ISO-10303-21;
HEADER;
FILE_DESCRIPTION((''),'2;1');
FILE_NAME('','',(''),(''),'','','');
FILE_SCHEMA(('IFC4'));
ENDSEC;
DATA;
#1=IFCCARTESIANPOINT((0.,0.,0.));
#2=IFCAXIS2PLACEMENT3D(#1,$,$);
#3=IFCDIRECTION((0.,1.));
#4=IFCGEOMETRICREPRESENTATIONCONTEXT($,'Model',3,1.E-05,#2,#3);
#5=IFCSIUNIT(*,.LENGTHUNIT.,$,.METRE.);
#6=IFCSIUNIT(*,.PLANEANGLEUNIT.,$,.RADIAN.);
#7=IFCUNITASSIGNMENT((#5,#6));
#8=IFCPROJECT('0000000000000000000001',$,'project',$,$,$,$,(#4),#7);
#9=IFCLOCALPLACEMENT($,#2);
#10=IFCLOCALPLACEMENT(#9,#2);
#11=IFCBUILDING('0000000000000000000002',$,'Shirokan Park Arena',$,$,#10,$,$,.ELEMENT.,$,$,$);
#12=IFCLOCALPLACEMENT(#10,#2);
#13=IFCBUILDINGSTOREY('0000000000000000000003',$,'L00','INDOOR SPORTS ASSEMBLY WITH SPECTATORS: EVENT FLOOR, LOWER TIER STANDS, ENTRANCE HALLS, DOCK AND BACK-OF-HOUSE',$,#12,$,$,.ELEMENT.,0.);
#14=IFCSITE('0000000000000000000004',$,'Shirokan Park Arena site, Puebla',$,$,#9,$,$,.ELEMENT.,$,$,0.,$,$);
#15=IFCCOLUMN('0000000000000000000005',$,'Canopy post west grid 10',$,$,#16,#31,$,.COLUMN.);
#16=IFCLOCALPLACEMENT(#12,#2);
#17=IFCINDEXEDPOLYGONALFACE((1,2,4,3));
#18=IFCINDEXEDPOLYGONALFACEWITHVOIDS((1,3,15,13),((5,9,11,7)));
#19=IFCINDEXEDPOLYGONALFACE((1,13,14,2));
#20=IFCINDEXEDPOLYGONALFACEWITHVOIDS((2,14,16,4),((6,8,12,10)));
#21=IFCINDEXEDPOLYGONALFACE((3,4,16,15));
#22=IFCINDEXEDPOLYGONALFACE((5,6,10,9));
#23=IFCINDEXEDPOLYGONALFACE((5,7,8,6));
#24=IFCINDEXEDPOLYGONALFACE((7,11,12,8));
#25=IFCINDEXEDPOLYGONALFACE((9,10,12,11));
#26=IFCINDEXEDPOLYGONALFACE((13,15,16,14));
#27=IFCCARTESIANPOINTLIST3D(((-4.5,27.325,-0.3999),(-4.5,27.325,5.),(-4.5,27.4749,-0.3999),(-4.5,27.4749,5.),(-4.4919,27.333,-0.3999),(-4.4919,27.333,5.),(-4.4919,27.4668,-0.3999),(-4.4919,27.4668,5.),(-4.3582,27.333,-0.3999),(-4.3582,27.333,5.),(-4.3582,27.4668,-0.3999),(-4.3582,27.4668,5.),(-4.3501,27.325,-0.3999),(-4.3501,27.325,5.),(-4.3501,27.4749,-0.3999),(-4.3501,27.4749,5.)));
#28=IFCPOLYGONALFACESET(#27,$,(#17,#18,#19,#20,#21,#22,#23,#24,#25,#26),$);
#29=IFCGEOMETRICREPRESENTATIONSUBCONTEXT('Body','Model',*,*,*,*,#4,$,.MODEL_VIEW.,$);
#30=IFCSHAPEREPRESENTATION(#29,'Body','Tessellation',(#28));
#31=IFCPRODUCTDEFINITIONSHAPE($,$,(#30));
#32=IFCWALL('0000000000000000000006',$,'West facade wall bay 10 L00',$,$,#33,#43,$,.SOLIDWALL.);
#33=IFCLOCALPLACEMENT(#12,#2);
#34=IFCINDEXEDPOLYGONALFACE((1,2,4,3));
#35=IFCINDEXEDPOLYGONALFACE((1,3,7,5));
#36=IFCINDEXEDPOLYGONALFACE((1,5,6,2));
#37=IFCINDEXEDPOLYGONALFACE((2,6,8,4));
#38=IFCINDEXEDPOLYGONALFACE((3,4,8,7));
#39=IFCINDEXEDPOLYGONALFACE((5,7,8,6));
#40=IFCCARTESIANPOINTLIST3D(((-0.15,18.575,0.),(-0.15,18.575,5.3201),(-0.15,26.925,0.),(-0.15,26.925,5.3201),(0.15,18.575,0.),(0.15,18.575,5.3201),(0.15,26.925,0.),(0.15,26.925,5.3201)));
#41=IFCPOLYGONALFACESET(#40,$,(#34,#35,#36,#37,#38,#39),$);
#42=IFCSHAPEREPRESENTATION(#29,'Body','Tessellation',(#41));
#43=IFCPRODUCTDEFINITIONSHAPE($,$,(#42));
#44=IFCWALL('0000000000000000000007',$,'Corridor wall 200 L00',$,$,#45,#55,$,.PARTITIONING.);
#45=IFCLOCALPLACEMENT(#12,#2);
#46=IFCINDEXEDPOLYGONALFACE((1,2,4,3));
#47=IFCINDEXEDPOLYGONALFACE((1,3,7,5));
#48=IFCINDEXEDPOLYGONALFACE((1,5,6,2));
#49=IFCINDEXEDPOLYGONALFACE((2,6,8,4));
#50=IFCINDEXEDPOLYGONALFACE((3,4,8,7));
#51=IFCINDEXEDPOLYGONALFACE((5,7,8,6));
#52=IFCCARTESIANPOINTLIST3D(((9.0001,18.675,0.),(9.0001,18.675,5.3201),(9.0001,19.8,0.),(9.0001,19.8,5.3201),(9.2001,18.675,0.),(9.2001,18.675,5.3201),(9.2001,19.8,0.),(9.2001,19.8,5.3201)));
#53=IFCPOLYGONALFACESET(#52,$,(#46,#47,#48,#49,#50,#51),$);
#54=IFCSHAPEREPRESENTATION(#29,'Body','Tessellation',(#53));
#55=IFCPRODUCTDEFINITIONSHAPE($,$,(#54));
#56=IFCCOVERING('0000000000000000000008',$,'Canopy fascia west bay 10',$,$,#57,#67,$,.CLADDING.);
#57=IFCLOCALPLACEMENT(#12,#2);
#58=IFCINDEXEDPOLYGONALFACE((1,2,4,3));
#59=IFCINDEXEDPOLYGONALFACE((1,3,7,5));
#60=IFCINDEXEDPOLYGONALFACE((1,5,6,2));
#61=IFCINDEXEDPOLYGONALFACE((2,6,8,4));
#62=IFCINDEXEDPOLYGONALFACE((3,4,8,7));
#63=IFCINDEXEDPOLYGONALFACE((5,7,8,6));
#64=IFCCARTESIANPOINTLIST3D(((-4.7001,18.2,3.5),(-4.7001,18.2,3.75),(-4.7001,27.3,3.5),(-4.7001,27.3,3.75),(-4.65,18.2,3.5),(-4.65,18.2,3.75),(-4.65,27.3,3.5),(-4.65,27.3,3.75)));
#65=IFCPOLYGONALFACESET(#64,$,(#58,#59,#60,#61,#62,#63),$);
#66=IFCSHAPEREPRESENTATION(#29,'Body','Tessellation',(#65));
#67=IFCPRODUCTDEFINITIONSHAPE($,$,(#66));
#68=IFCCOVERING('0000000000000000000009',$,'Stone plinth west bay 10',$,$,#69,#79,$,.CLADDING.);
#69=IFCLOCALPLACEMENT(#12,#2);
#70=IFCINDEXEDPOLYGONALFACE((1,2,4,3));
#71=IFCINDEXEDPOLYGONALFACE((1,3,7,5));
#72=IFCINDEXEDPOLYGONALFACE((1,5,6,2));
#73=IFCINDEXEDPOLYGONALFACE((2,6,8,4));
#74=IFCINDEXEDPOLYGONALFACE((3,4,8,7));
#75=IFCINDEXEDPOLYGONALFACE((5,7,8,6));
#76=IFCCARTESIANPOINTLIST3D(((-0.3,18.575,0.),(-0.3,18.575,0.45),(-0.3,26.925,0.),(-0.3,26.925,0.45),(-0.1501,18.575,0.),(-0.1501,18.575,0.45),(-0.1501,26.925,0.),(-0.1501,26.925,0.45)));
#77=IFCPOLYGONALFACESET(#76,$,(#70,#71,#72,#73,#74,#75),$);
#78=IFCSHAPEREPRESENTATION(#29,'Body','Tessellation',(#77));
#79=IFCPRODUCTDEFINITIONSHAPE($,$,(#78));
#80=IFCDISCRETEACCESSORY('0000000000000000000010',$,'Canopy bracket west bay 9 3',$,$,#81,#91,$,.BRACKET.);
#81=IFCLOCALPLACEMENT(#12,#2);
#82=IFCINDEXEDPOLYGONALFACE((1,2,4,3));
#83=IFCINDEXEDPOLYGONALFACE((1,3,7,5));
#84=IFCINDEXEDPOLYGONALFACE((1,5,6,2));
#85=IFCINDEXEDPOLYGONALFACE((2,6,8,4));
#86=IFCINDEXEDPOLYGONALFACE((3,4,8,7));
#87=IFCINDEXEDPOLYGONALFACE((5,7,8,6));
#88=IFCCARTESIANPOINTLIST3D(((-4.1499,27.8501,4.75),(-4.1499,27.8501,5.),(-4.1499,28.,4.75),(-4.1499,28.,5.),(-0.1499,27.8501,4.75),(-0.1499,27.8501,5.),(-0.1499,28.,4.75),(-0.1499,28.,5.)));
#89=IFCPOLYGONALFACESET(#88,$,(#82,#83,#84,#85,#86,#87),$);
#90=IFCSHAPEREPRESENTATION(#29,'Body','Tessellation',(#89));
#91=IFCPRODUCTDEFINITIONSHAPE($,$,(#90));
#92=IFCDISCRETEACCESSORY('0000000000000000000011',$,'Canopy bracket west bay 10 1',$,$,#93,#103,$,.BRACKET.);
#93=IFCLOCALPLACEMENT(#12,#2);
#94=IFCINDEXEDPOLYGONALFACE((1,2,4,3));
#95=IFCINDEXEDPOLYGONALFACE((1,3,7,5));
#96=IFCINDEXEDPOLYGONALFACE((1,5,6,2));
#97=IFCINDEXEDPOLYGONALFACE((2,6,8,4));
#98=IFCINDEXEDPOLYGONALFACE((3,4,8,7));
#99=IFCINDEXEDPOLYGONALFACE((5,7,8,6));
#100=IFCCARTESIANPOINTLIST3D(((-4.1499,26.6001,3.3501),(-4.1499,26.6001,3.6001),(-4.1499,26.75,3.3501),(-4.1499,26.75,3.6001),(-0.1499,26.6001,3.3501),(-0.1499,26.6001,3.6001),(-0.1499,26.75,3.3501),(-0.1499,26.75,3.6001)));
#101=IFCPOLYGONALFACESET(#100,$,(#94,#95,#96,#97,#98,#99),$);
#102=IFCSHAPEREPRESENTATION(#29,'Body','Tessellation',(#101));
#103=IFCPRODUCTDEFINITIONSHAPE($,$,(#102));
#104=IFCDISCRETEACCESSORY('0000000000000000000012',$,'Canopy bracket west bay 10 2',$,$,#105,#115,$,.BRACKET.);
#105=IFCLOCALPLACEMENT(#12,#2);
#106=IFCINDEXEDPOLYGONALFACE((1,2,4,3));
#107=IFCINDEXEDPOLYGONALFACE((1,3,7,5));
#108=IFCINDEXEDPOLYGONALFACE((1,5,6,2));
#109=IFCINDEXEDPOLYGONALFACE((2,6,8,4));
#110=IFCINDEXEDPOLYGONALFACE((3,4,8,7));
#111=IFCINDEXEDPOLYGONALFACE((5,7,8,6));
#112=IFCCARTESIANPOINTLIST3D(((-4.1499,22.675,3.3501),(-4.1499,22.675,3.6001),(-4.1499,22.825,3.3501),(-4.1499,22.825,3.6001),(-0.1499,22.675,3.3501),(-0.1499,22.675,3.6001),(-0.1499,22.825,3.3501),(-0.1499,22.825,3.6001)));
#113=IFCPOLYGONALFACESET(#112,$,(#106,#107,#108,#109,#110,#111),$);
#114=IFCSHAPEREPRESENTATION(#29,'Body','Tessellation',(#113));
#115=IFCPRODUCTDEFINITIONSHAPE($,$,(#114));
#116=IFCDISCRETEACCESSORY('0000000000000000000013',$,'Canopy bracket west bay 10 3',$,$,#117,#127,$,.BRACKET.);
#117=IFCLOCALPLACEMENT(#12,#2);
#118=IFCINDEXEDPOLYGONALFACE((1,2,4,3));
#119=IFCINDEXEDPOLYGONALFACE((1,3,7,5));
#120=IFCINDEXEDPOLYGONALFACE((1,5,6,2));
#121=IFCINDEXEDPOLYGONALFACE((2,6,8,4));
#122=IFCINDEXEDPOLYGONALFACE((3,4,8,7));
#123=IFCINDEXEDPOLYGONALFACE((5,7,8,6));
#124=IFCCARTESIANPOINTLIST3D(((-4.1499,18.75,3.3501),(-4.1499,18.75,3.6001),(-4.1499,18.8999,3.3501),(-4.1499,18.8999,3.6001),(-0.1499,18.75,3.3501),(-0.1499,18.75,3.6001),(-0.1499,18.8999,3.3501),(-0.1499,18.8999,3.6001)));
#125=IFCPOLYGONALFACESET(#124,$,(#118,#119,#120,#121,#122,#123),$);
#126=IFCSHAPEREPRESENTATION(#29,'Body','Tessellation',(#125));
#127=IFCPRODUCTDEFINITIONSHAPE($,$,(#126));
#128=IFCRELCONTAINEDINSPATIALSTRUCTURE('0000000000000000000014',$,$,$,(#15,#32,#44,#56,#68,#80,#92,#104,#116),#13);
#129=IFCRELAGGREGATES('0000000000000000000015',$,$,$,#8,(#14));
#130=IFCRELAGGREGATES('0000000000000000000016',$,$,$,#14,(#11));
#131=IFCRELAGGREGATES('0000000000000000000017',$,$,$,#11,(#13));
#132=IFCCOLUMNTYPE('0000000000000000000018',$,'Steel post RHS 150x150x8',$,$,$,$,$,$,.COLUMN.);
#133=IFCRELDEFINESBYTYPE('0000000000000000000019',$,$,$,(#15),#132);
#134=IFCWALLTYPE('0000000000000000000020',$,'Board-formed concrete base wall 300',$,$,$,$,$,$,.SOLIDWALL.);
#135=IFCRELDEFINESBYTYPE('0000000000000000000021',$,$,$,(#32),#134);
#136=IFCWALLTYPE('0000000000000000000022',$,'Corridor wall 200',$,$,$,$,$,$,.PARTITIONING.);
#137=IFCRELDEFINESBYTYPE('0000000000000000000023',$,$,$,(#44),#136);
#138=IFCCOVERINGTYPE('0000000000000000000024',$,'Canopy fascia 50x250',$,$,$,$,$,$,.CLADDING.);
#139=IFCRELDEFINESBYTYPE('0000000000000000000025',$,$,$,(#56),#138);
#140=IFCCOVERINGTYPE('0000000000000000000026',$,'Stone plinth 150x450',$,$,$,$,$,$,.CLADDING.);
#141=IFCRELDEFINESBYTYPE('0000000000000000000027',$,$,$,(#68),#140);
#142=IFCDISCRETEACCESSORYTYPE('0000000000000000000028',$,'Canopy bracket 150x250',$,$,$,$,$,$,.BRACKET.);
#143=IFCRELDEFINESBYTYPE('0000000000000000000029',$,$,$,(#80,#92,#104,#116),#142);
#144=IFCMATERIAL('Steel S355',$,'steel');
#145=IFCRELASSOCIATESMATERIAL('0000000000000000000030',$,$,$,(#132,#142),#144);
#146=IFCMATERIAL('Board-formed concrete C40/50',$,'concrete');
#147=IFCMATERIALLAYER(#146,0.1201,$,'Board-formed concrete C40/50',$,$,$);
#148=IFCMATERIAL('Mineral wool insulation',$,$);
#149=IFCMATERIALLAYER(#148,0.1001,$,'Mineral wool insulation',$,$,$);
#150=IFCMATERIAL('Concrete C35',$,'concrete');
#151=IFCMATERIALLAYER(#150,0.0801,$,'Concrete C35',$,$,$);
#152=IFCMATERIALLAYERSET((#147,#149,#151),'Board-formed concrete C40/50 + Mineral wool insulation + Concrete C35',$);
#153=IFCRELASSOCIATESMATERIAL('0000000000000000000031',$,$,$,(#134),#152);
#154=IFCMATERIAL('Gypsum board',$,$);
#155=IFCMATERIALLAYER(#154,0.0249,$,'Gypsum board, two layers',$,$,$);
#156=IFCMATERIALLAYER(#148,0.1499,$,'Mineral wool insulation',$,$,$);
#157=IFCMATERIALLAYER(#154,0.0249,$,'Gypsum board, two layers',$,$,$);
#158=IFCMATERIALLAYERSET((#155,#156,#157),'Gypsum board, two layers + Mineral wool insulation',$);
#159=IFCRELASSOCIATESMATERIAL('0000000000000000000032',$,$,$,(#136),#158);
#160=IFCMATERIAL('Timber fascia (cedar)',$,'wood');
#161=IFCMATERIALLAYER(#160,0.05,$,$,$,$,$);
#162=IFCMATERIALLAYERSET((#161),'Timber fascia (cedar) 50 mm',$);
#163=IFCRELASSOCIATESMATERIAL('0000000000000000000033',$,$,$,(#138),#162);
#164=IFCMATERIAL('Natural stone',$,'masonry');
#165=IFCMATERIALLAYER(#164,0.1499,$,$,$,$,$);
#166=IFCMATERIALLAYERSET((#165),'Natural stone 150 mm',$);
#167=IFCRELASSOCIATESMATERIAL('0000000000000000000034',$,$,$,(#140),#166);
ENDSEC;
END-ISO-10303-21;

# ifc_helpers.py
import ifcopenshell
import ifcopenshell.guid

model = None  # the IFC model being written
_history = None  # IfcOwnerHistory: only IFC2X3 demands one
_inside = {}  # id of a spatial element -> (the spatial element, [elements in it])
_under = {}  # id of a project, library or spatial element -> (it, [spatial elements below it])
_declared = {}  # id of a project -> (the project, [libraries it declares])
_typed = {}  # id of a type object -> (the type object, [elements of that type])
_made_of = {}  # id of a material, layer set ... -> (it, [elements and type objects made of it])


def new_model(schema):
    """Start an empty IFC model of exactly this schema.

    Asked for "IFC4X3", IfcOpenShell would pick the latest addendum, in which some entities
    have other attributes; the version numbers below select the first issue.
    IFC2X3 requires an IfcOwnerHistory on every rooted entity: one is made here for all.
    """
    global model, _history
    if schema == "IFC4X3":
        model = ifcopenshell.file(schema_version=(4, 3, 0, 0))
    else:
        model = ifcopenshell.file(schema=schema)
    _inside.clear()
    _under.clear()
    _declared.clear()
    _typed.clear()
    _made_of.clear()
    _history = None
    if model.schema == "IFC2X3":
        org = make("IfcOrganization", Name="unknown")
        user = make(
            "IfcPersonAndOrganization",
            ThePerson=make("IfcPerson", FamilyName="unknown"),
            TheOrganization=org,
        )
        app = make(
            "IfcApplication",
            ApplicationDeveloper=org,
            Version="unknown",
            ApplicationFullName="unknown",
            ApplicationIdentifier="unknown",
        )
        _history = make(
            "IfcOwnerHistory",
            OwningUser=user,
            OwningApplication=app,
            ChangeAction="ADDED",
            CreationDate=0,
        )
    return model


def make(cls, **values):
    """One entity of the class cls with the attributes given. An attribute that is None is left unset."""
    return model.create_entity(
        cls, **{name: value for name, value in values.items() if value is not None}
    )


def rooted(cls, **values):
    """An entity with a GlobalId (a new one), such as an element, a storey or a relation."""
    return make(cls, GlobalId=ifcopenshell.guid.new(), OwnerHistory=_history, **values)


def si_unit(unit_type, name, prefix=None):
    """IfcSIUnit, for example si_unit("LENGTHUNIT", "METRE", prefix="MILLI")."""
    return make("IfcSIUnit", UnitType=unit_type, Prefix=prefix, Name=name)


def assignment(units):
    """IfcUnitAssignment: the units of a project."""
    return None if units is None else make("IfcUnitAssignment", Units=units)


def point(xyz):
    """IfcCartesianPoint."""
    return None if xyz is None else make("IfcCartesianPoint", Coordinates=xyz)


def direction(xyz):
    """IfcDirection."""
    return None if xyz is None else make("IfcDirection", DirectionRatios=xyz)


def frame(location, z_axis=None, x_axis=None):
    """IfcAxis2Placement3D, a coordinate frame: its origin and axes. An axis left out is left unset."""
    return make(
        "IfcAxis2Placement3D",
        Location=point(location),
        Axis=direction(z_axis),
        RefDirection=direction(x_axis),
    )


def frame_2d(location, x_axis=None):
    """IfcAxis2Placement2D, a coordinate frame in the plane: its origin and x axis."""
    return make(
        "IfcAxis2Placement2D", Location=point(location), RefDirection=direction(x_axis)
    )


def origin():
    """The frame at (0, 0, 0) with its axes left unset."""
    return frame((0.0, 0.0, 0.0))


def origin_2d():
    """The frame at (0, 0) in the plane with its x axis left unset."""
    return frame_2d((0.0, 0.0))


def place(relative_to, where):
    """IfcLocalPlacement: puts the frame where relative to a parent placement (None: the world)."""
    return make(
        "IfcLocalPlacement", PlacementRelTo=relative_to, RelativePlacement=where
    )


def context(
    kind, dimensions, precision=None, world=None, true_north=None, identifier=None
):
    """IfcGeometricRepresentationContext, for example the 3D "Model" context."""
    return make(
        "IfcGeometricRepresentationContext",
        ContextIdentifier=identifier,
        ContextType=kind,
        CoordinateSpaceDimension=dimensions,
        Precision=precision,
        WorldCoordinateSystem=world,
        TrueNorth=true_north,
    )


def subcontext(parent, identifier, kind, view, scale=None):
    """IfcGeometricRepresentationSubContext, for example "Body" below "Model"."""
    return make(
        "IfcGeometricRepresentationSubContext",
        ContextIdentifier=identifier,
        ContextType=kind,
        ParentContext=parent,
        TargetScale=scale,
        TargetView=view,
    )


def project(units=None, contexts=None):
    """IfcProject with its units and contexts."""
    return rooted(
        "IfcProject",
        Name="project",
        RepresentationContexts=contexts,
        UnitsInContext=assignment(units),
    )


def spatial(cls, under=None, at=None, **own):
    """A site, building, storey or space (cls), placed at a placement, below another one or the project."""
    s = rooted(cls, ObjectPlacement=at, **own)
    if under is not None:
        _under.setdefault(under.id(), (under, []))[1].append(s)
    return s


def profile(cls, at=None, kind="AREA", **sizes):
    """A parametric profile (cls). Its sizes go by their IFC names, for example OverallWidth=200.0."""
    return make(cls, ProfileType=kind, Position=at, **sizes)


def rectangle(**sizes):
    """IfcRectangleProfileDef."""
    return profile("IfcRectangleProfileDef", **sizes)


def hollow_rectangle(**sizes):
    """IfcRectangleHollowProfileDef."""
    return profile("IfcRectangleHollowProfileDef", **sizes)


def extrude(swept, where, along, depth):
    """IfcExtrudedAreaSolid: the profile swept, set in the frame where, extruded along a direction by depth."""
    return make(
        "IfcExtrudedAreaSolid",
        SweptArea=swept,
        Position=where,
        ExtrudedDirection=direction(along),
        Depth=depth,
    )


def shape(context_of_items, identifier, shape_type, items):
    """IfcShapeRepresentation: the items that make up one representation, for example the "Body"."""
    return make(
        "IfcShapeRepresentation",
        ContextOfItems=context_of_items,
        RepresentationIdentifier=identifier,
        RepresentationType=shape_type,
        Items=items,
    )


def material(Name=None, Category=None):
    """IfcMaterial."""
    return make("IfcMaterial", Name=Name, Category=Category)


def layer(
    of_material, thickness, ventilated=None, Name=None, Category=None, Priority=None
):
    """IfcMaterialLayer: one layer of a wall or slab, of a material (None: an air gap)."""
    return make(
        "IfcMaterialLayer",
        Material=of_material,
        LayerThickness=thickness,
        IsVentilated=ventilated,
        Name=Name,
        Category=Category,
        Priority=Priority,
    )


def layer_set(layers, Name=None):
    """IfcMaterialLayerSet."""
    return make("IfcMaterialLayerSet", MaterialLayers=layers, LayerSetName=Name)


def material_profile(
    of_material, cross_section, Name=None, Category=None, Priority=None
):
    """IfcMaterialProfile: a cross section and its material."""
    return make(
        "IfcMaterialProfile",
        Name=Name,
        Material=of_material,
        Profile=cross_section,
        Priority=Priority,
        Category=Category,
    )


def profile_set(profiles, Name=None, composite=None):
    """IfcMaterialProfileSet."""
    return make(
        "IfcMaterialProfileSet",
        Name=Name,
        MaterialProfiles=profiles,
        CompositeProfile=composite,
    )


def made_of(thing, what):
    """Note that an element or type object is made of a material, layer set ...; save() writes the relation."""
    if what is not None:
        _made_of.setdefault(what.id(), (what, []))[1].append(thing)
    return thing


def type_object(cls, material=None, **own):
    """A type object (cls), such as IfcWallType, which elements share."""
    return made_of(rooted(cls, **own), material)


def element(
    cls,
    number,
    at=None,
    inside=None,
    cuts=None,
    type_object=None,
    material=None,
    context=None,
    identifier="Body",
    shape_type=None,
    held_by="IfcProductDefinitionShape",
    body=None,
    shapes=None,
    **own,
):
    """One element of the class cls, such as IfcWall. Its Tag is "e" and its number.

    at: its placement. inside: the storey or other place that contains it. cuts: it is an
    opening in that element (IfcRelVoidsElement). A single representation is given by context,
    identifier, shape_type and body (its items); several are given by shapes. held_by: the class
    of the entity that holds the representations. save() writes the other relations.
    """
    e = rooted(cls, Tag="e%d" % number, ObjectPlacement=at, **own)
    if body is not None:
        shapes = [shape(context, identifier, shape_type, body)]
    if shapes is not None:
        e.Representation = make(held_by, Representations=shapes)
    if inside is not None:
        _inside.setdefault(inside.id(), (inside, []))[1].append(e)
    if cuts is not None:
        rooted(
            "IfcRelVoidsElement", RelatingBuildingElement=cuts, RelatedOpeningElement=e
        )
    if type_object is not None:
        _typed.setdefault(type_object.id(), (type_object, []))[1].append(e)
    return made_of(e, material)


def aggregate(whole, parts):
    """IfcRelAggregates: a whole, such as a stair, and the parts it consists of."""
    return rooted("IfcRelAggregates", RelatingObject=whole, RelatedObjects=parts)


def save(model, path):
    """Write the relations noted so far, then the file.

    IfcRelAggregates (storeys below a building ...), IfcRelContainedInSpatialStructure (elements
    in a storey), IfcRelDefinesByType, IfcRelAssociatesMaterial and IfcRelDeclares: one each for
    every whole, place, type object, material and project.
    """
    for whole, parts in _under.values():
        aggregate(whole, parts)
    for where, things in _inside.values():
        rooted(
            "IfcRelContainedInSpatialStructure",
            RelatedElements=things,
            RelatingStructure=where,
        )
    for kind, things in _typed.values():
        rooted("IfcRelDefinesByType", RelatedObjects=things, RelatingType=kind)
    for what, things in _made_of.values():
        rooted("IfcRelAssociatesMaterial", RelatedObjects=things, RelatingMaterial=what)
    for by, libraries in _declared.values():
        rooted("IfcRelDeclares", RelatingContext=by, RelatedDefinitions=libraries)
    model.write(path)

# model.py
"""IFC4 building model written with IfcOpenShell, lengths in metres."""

from ifc_helpers import new_model, si_unit, direction, frame, frame_2d, origin, origin_2d, place, context, subcontext, project, spatial, rectangle, hollow_rectangle, extrude, material, layer, layer_set, material_profile, profile_set, type_object, element, save


model = new_model("IFC4")

# Units and contexts
model_context = context("Model", 3, precision=1e-05, world=origin(), true_north=direction((0.0, 1.0)))
body_context = subcontext(model_context, "Body", "Model", "MODEL_VIEW")
ifc_project = project(units=[si_unit("LENGTHUNIT", "METRE"), si_unit("PLANEANGLEUNIT", "RADIAN")], contexts=[model_context])

# Site, building, storey
site_placement = place(None, origin())
site = spatial("IfcSite", under=ifc_project, at=site_placement, Name="Shirokan Park Arena site, Puebla", CompositionType="ELEMENT", RefElevation=0.0)
building_placement = place(site_placement, origin())
building = spatial("IfcBuilding", under=site, at=building_placement, Name="Shirokan Park Arena", CompositionType="ELEMENT")
storey_placement = place(building_placement, origin())
storey = spatial("IfcBuildingStorey", under=building, at=storey_placement, Name="L00", Description="INDOOR SPORTS ASSEMBLY WITH SPECTATORS: EVENT FLOOR, LOWER TIER STANDS, ENTRANCE HALLS, DOCK AND BACK-OF-HOUSE", CompositionType="ELEMENT", Elevation=0.0)

# Column
ifc_material_1 = material(Name="Concrete C35", Category="concrete")
ifc_material_2 = material(Name="Steel S355", Category="steel")
ifc_material_profile_1 = material_profile(ifc_material_2, hollow_rectangle(XDim=0.1499, YDim=0.1499, WallThickness=0.0081, at=origin_2d()), Name="RHS 150x150x8")
ifc_profile_set_1 = profile_set([ifc_material_profile_1], Name="Steel S355")
column_type_1 = type_object("IfcColumnType", Name="Steel post RHS 150x150x8", PredefinedType="COLUMN", material=ifc_profile_set_1)
column_1_placement = place(storey_placement, frame((-4.425, 27.3999, -0.3999), z_axis=(0.0, 0.0, 1.0), x_axis=(1.0, 0.0, 0.0)))
element("IfcColumn", 1, at=column_1_placement, inside=storey, type_object=column_type_1, Name="Canopy post west grid 10", PredefinedType="COLUMN", context=body_context, shape_type="SweptSolid", body=[
    extrude(hollow_rectangle(XDim=0.1499, YDim=0.1499, WallThickness=0.0081, at=origin_2d()), origin(), (0.0, 0.0, 1.0), 5.3999),
])

# Walls
ifc_material_3 = material(Name="Board-formed concrete C40/50", Category="concrete")
ifc_layer_1 = layer(ifc_material_3, 0.1201, Name="Board-formed concrete C40/50")
ifc_material_4 = material(Name="Mineral wool insulation")
ifc_layer_2 = layer(ifc_material_4, 0.1001, Name="Mineral wool insulation")
ifc_layer_3 = layer(ifc_material_1, 0.0801, Name="Concrete C35")
ifc_layer_set_1 = layer_set([ifc_layer_1, ifc_layer_2, ifc_layer_3], Name="Board-formed concrete C40/50 + Mineral wool insulation + Concrete C35")
wall_type_1 = type_object("IfcWallType", Name="Board-formed concrete base wall 300", PredefinedType="SOLIDWALL", material=ifc_layer_set_1)
wall_1_placement = place(storey_placement, frame((0.0, 26.925, 0.0), z_axis=(0.0, 0.0, 1.0), x_axis=(0.0, -1.0, 0.0)))
element("IfcWall", 2, at=wall_1_placement, inside=storey, type_object=wall_type_1, Name="West facade wall bay 10 L00", PredefinedType="SOLIDWALL", context=body_context, shape_type="SweptSolid", body=[
    extrude(rectangle(XDim=8.3501, YDim=0.3, at=frame_2d((4.175, 0.0))), origin(), (0.0, 0.0, 1.0), 5.3201),
])
ifc_material_5 = material(Name="Gypsum board")
ifc_layer_4 = layer(ifc_material_5, 0.0249, Name="Gypsum board, two layers")
ifc_layer_5 = layer(ifc_material_4, 0.1499, Name="Mineral wool insulation")
ifc_layer_6 = layer(ifc_material_5, 0.0249, Name="Gypsum board, two layers")
ifc_layer_set_2 = layer_set([ifc_layer_4, ifc_layer_5, ifc_layer_6], Name="Gypsum board, two layers + Mineral wool insulation")
wall_type_2 = type_object("IfcWallType", Name="Corridor wall 200", PredefinedType="PARTITIONING", material=ifc_layer_set_2)
wall_2_placement = place(storey_placement, frame((9.1001, 19.8, 0.0), z_axis=(0.0, 0.0, 1.0), x_axis=(0.0, -1.0, 0.0)))
element("IfcWall", 3, at=wall_2_placement, inside=storey, type_object=wall_type_2, Name="Corridor wall 200 L00", PredefinedType="PARTITIONING", context=body_context, shape_type="SweptSolid", body=[
    extrude(rectangle(XDim=1.125, YDim=0.2, at=frame_2d((0.5625, 0.0))), origin(), (0.0, 0.0, 1.0), 5.3201),
])

# Coverings
ifc_material_6 = material(Name="Timber fascia (cedar)", Category="wood")
ifc_layer_7 = layer(ifc_material_6, 0.05)
ifc_layer_set_3 = layer_set([ifc_layer_7], Name="Timber fascia (cedar) 50 mm")
covering_type_1 = type_object("IfcCoveringType", Name="Canopy fascia 50x250", PredefinedType="CLADDING", material=ifc_layer_set_3)
covering_1_placement = place(storey_placement, frame((-4.675, 22.75, 3.5), z_axis=(0.0, 0.0, 1.0), x_axis=(0.0, -1.0, 0.0)))
element("IfcCovering", 4, at=covering_1_placement, inside=storey, type_object=covering_type_1, Name="Canopy fascia west bay 10", PredefinedType="CLADDING", context=body_context, shape_type="SweptSolid", body=[
    extrude(rectangle(XDim=9.1001, YDim=0.05, at=origin_2d()), origin(), (0.0, 0.0, 1.0), 0.25),
])
ifc_material_7 = material(Name="Natural stone", Category="masonry")
ifc_layer_8 = layer(ifc_material_7, 0.1499)
ifc_layer_set_4 = layer_set([ifc_layer_8], Name="Natural stone 150 mm")
covering_type_2 = type_object("IfcCoveringType", Name="Stone plinth 150x450", PredefinedType="CLADDING", material=ifc_layer_set_4)
covering_2_placement = place(storey_placement, frame((-0.2251, 22.75, 0.0), z_axis=(0.0, 0.0, 1.0), x_axis=(0.0, -1.0, 0.0)))
element("IfcCovering", 5, at=covering_2_placement, inside=storey, type_object=covering_type_2, Name="Stone plinth west bay 10", PredefinedType="CLADDING", context=body_context, shape_type="SweptSolid", body=[
    extrude(rectangle(XDim=8.3501, YDim=0.1499, at=origin_2d()), origin(), (0.0, 0.0, 1.0), 0.45),
])

# Discrete accessories
discrete_accessory_type = type_object("IfcDiscreteAccessoryType", Name="Canopy bracket 150x250", PredefinedType="BRACKET", material=ifc_material_2)
for number, where, z_axis, x_axis, name in (
    (6, (-2.1499, 27.925, 4.75), (0.0, 0.0, 1.0), (0.0, -1.0, 0.0), "Canopy bracket west bay 9 3"),
    (7, (-2.1499, 26.675, 3.3501), (0.0, 0.0, 1.0), (0.0, -1.0, 0.0), "Canopy bracket west bay 10 1"),
    (8, (-2.1499, 22.75, 3.3501), (0.0, 0.0, 1.0), (0.0, -1.0, 0.0), "Canopy bracket west bay 10 2"),
    (9, (-2.1499, 18.825, 3.3501), (0.0, 0.0, 1.0), (0.0, -1.0, 0.0), "Canopy bracket west bay 10 3"),
):
    element("IfcDiscreteAccessory", number, at=place(storey_placement, frame(where, z_axis=z_axis, x_axis=x_axis)), inside=storey, type_object=discrete_accessory_type, Name=name, PredefinedType="BRACKET", context=body_context, shape_type="SweptSolid", body=[
        extrude(rectangle(XDim=0.1499, YDim=4.0, at=origin_2d()), origin(), (0.0, 0.0, 1.0), 0.25),
    ])

save(model, "model.ifc")
